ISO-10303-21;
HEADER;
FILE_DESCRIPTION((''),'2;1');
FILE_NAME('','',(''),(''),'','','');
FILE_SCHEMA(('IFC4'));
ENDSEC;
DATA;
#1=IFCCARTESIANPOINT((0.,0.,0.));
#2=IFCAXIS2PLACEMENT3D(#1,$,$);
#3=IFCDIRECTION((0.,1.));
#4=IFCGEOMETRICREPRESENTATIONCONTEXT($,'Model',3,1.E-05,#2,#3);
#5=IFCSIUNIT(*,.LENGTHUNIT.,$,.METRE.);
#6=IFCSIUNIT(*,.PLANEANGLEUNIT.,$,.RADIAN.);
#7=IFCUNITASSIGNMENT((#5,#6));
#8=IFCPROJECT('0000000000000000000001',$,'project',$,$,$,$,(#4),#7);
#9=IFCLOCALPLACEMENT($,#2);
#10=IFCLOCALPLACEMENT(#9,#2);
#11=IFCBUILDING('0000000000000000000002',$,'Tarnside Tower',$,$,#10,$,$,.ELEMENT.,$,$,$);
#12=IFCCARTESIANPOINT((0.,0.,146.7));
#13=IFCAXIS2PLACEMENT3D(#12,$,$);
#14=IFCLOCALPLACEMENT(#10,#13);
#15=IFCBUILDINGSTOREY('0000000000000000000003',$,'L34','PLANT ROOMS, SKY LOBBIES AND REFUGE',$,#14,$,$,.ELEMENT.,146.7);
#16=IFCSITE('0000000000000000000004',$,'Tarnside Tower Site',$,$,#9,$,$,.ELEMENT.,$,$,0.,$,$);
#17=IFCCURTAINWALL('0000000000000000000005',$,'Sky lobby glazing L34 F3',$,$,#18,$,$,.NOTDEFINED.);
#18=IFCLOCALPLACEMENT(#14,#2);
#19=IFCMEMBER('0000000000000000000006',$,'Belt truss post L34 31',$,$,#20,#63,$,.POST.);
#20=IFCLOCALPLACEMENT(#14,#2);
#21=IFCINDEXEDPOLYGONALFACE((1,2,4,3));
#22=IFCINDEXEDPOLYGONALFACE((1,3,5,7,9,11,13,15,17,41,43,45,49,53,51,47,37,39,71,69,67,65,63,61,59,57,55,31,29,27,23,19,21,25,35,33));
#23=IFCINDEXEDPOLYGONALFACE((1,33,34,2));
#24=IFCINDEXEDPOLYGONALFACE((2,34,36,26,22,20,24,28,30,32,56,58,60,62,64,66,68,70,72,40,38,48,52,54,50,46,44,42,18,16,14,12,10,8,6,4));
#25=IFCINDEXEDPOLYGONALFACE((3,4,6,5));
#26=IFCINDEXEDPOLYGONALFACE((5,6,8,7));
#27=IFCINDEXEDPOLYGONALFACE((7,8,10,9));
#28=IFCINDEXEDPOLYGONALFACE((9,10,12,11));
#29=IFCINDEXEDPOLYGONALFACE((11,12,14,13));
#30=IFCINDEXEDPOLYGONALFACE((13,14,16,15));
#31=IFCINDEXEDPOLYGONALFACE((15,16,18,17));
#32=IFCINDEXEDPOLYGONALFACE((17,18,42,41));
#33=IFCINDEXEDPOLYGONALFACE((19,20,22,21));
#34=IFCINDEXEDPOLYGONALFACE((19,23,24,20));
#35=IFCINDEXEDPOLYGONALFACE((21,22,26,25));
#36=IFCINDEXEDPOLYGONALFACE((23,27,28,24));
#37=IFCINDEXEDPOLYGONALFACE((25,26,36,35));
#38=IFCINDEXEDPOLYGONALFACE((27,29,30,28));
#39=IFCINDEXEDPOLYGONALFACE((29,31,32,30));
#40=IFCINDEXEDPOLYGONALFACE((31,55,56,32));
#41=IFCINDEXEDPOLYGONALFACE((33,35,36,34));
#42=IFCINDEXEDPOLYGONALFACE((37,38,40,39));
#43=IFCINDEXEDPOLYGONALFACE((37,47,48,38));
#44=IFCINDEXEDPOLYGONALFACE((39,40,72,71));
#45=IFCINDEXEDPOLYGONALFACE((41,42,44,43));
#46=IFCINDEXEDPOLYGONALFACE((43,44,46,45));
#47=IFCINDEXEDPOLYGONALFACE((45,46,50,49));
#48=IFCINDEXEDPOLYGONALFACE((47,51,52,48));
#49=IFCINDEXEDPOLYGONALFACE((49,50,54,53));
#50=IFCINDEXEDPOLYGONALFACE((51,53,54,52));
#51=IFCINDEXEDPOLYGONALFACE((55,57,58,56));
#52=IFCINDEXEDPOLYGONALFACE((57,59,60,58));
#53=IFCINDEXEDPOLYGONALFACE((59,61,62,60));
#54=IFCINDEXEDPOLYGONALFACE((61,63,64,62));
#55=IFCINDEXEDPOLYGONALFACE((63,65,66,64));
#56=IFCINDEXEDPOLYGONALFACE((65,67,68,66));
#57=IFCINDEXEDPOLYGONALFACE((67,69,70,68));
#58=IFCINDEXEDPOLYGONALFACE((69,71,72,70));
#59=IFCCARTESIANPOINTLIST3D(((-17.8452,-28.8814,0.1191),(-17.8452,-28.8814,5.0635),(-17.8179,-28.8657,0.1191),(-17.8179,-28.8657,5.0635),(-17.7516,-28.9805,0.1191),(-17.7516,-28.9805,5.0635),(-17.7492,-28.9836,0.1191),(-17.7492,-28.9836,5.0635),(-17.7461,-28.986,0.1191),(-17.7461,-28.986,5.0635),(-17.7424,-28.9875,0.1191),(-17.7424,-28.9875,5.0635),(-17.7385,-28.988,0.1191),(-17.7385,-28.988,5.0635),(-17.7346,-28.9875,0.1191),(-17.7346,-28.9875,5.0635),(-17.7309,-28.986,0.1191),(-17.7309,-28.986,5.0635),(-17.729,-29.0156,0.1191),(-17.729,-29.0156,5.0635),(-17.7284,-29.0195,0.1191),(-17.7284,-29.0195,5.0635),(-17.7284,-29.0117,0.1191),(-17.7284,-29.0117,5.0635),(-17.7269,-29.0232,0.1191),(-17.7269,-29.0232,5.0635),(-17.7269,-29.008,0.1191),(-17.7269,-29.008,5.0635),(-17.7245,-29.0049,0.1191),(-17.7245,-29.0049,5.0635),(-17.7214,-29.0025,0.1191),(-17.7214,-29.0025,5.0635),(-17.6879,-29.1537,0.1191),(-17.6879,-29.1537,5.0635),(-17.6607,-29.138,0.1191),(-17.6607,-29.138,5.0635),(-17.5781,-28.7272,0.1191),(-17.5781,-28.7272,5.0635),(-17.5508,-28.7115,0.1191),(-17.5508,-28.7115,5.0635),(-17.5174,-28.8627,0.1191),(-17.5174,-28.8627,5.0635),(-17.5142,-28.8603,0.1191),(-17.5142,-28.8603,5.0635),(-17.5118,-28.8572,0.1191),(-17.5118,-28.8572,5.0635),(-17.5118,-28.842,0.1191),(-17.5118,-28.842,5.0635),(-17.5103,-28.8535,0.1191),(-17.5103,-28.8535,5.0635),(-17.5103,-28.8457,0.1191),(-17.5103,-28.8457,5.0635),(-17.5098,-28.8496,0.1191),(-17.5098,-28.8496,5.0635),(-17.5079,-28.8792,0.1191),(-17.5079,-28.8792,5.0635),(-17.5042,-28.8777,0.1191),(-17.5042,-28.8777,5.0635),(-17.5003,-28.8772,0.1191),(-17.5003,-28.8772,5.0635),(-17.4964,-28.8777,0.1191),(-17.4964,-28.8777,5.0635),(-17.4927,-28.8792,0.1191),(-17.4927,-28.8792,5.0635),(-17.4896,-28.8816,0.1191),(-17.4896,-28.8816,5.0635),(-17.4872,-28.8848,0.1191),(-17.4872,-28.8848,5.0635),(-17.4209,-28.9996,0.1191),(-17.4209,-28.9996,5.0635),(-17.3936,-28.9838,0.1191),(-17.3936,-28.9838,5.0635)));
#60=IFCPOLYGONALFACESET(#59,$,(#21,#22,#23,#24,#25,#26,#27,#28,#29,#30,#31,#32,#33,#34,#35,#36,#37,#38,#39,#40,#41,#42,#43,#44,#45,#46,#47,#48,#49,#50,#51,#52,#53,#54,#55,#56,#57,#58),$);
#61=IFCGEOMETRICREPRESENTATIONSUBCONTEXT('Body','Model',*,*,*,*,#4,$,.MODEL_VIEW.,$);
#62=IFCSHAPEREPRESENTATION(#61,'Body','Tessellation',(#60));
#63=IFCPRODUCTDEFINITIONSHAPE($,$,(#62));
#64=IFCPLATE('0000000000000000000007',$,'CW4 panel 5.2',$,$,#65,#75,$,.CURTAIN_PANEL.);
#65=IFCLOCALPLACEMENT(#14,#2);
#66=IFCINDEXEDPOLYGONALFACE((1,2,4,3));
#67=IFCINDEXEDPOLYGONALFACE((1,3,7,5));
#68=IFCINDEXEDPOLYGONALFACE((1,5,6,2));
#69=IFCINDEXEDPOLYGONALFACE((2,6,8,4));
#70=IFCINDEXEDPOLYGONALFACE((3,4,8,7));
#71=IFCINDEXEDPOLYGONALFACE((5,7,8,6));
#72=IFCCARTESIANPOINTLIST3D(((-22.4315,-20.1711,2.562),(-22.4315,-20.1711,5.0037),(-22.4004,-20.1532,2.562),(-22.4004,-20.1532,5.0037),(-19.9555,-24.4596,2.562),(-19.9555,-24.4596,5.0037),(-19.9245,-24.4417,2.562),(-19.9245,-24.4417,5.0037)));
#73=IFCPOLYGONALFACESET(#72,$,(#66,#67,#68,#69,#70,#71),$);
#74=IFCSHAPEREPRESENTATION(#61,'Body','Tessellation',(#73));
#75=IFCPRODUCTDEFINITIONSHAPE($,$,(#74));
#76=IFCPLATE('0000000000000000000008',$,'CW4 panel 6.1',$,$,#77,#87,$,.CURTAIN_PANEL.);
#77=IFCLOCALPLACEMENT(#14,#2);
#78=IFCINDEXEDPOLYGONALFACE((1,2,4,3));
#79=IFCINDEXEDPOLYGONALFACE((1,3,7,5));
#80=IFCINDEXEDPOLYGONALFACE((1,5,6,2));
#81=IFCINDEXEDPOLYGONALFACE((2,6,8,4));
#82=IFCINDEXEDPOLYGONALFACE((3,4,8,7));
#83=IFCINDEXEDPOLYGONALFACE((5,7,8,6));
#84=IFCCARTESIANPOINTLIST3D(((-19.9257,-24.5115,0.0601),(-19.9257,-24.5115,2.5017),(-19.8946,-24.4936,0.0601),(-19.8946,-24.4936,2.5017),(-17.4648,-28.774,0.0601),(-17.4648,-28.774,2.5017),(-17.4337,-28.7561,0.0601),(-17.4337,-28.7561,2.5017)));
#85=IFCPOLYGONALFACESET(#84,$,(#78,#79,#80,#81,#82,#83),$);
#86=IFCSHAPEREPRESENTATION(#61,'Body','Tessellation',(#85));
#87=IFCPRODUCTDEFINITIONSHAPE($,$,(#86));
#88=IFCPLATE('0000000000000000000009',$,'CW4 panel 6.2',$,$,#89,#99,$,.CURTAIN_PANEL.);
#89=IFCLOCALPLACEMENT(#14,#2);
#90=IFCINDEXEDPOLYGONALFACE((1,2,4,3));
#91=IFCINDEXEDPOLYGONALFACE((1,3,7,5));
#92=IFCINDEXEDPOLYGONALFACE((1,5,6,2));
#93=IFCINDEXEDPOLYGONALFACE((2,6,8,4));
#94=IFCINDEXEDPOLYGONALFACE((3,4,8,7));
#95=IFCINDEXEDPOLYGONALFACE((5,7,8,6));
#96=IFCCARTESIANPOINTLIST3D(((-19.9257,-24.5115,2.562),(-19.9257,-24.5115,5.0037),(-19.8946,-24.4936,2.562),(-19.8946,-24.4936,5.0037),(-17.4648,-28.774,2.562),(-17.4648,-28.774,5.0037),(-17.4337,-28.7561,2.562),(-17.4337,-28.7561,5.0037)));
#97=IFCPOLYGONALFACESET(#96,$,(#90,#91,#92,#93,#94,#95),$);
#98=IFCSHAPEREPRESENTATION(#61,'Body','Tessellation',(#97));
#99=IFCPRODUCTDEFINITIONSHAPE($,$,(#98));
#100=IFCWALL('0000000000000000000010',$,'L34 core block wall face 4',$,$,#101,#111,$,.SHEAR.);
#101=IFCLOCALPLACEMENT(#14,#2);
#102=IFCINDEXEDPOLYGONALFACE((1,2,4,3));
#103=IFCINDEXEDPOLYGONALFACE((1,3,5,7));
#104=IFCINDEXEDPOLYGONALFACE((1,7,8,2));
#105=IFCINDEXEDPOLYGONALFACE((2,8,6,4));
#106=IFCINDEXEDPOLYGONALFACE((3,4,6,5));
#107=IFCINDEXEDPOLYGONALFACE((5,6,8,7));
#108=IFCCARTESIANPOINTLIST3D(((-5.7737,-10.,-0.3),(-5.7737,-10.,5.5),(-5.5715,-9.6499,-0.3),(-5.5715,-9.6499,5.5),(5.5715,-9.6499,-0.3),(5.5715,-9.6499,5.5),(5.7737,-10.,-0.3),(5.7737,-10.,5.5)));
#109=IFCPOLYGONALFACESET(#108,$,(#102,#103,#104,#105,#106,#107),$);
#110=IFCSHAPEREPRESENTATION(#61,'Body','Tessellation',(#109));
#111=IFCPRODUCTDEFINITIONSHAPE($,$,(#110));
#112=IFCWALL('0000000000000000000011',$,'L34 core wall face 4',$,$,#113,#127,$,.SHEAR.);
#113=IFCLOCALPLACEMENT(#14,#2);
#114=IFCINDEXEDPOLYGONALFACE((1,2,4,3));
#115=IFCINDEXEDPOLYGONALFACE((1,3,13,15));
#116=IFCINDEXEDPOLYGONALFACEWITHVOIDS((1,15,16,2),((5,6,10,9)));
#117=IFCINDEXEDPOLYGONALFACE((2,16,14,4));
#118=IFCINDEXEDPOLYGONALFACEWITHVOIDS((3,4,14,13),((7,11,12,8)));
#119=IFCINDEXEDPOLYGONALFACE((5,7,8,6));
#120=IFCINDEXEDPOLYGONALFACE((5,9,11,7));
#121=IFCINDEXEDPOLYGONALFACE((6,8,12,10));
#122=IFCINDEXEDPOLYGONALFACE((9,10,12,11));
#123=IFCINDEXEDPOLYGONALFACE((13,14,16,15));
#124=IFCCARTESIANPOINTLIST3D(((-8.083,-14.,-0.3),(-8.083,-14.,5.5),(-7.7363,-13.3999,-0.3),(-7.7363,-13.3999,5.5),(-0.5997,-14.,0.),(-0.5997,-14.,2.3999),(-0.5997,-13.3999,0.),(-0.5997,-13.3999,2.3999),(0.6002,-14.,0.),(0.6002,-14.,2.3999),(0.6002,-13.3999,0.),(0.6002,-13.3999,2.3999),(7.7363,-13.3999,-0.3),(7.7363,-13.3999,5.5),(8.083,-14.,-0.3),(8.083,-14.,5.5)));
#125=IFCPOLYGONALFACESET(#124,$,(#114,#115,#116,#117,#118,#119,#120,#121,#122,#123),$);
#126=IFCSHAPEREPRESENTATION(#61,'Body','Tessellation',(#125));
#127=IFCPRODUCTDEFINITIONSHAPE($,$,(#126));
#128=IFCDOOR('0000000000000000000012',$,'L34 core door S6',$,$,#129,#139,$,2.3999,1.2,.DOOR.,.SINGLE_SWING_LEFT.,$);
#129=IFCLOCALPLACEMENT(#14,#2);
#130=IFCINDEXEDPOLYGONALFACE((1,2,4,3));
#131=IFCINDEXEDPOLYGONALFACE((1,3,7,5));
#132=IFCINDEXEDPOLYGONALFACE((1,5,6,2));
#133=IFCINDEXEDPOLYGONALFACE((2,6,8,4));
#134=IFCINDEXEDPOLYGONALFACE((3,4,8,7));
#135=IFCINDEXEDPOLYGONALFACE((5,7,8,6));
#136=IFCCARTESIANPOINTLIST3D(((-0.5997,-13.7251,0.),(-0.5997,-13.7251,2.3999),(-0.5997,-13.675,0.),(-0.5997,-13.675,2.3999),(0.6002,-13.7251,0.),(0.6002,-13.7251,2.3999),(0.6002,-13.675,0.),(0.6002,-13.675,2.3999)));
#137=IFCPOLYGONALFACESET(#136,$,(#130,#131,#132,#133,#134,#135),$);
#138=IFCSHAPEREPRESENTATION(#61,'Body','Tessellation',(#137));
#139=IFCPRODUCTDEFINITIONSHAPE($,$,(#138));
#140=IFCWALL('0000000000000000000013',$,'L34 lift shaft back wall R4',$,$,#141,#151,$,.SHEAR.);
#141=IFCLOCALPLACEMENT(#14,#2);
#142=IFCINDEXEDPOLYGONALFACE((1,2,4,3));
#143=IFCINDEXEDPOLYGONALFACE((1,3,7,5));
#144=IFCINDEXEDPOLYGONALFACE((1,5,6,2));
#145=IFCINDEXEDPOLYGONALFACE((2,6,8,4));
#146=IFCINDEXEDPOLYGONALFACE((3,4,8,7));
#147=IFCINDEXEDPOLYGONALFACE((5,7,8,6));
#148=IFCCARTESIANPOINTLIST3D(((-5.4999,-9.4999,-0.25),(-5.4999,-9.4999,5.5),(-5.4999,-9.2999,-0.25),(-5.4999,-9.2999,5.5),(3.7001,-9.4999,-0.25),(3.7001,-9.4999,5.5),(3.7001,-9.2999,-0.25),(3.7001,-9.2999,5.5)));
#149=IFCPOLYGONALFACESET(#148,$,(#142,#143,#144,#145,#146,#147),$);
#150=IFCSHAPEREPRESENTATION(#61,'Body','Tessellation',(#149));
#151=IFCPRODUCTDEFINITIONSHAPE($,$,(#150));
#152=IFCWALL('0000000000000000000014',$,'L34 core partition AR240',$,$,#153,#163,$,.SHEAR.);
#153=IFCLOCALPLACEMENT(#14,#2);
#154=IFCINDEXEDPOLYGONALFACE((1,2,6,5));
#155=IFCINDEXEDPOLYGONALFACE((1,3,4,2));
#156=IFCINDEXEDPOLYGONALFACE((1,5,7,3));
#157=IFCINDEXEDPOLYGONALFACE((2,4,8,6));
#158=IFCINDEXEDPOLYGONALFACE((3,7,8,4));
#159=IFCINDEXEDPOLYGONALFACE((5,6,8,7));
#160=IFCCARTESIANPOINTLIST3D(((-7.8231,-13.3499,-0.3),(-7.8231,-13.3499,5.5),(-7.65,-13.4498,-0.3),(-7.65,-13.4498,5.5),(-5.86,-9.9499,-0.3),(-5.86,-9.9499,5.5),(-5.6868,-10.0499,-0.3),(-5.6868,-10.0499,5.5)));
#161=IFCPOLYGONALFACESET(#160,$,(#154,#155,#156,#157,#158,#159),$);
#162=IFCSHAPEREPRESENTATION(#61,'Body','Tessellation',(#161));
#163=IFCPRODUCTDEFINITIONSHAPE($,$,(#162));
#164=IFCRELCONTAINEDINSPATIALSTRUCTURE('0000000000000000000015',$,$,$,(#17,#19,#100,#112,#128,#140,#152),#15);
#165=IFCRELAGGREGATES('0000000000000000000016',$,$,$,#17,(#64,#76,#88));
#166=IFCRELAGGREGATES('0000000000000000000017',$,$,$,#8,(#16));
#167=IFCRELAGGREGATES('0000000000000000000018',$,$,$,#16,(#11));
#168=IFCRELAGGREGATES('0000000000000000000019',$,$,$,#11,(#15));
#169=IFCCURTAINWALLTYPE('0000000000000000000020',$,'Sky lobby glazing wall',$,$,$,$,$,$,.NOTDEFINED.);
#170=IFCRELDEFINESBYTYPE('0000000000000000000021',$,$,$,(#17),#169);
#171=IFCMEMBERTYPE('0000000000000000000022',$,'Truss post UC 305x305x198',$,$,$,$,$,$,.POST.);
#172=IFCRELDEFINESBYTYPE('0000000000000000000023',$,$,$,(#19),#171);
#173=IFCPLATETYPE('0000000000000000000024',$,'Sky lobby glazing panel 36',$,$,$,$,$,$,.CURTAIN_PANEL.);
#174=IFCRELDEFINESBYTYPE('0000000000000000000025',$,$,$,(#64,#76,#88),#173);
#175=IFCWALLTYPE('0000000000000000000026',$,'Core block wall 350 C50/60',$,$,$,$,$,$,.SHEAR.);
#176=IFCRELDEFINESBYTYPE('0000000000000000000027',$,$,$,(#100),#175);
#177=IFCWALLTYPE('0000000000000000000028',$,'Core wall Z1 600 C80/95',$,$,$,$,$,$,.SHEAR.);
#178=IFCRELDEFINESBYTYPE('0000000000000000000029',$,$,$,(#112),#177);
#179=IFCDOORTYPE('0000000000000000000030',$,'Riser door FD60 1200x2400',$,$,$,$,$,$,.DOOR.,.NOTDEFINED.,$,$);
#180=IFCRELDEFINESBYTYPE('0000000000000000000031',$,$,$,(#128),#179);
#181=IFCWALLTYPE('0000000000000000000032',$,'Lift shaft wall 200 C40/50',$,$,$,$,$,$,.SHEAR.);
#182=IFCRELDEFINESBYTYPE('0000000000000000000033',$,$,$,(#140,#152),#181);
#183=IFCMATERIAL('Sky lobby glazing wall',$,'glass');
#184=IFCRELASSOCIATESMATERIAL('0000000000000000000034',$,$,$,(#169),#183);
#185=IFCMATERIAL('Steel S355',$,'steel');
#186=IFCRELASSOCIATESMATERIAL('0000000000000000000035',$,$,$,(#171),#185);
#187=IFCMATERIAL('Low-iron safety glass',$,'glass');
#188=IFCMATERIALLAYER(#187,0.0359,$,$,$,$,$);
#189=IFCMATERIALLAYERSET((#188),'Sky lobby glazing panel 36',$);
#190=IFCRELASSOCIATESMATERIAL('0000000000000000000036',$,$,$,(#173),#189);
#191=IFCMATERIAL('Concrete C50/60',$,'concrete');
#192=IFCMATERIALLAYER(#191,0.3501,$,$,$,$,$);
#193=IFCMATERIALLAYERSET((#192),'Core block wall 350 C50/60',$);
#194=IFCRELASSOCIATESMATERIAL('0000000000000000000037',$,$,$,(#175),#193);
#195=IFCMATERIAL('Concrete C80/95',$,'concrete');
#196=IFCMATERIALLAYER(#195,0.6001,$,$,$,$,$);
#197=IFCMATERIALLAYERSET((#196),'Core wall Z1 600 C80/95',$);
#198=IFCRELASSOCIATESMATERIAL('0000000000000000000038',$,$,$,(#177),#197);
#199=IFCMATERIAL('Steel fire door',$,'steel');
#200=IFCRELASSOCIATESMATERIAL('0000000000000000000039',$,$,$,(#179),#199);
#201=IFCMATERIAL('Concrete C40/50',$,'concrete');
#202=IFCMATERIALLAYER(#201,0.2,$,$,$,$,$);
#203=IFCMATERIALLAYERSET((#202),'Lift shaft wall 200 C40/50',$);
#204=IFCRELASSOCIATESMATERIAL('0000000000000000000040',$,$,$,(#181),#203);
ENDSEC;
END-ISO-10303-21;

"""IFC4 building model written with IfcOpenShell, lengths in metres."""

from ifc_helpers import new_model, si_unit, direction, frame, frame_2d, origin, origin_2d, place, context, subcontext, project, spatial, polyline, rectangle, i_section, outline, extrude, material, layer, layer_set, material_profile, profile_set, type_object, element, fill, aggregate, save


model = new_model("IFC4")

# Units and contexts
model_context = context("Model", 3, precision=1e-05, world=origin(), true_north=direction((0.0, 1.0)))
body_context = subcontext(model_context, "Body", "Model", "MODEL_VIEW")
ifc_project = project(units=[si_unit("LENGTHUNIT", "METRE"), si_unit("PLANEANGLEUNIT", "RADIAN")], contexts=[model_context])

# Site, building, storey
site_placement = place(None, origin())
site = spatial("IfcSite", under=ifc_project, at=site_placement, Name="Tarnside Tower Site", CompositionType="ELEMENT", RefElevation=0.0)
building_placement = place(site_placement, origin())
building = spatial("IfcBuilding", under=site, at=building_placement, Name="Tarnside Tower", CompositionType="ELEMENT")
storey_placement = place(building_placement, frame((0.0, 0.0, 146.7)))
storey = spatial("IfcBuildingStorey", under=building, at=storey_placement, Name="L34", Description="PLANT ROOMS, SKY LOBBIES AND REFUGE", CompositionType="ELEMENT", Elevation=146.7)

# Shared definitions
ifc_material_1 = material(Name="Steel S355", Category="steel")

# Curtain wall
ifc_material_2 = material(Name="Sky lobby glazing wall", Category="glass")
curtain_wall_type = type_object("IfcCurtainWallType", Name="Sky lobby glazing wall", PredefinedType="NOTDEFINED", material=ifc_material_2)
curtain_wall_placement = place(storey_placement, origin())
curtain_wall = element("IfcCurtainWall", 1, at=curtain_wall_placement, inside=storey, type_object=curtain_wall_type, Name="Sky lobby glazing L34 F3", PredefinedType="NOTDEFINED")

# Member
ifc_material_profile_1 = material_profile(ifc_material_1, i_section(OverallWidth=0.3145, OverallDepth=0.3398, WebThickness=0.019, FlangeThickness=0.0315, FilletRadius=0.0151, at=origin_2d()), Name="UC 305x305x198")
ifc_profile_set_1 = profile_set([ifc_material_profile_1], Name="Steel S355")
member_type_1 = type_object("IfcMemberType", Name="Truss post UC 305x305x198", PredefinedType="POST", material=ifc_profile_set_1)
for number, where, z_axis, x_axis, name in (
    (2, (-17.6194, -28.9326, 0.1191), (0.0, 0.0, 1.0), (0.5, -0.866025, 0.0), "Belt truss post L34 31"),
):
    element("IfcMember", number, at=place(storey_placement, frame(where, z_axis=z_axis, x_axis=x_axis)), inside=storey, type_object=member_type_1, Name=name, PredefinedType="POST", context=body_context, shape_type="SweptSolid", body=[
        extrude(i_section(OverallWidth=0.3145, OverallDepth=0.3398, WebThickness=0.019, FlangeThickness=0.0315, FilletRadius=0.0151, at=origin_2d()), origin(), (0.0, 0.0, 1.0), 4.9443),
    ])

# Plates
ifc_material_3 = material(Name="Low-iron safety glass", Category="glass")
ifc_layer_1 = layer(ifc_material_3, 0.0359)
ifc_layer_set_1 = layer_set([ifc_layer_1], Name="Sky lobby glazing panel 36")
plate_type = type_object("IfcPlateType", Name="Sky lobby glazing panel 36", PredefinedType="CURTAIN_PANEL", material=ifc_layer_set_1)
plate_1_placement = place(storey_placement, frame((-21.178, -22.3064, 2.562), z_axis=(0.0, 0.0, 1.0), x_axis=(0.5, -0.866025, 0.0)))
plate_1 = element("IfcPlate", 3, at=plate_1_placement, type_object=plate_type, Name="CW4 panel 5.2", PredefinedType="CURTAIN_PANEL", context=body_context, shape_type="SweptSolid", body=[
    extrude(rectangle(XDim=4.9519, YDim=0.0359, at=origin_2d()), origin(), (0.0, 0.0, 1.0), 2.4417),
])
plate_2_placement = place(storey_placement, frame((-18.6797, -26.6338, 0.0601), z_axis=(0.0, 0.0, 1.0), x_axis=(0.5, -0.866025, 0.0)))
plate_2 = element("IfcPlate", 4, at=plate_2_placement, type_object=plate_type, Name="CW4 panel 6.1", PredefinedType="CURTAIN_PANEL", context=body_context, shape_type="SweptSolid", body=[
    extrude(rectangle(XDim=4.9219, YDim=0.0359, at=origin_2d()), origin(), (0.0, 0.0, 1.0), 2.4417),
])
plate_3_placement = place(storey_placement, frame((-18.6797, -26.6338, 2.562), z_axis=(0.0, 0.0, 1.0), x_axis=(0.5, -0.866025, 0.0)))
plate_3 = element("IfcPlate", 5, at=plate_3_placement, type_object=plate_type, Name="CW4 panel 6.2", PredefinedType="CURTAIN_PANEL", context=body_context, shape_type="SweptSolid", body=[
    extrude(rectangle(XDim=4.9219, YDim=0.0359, at=origin_2d()), origin(), (0.0, 0.0, 1.0), 2.4417),
])
aggregate(curtain_wall, [plate_1, plate_2, plate_3])

# Wall
ifc_material_4 = material(Name="Concrete C50/60", Category="concrete")
ifc_layer_2 = layer(ifc_material_4, 0.3501)
ifc_layer_set_2 = layer_set([ifc_layer_2], Name="Core block wall 350 C50/60")
wall_type_1 = type_object("IfcWallType", Name="Core block wall 350 C50/60", PredefinedType="SHEAR", material=ifc_layer_set_2)
wall_1_placement = place(storey_placement, frame((-5.6726, -9.825, -0.3), z_axis=(0.0, 0.0, 1.0), x_axis=(1.0, 0.0, 0.0)))
element("IfcWall", 6, at=wall_1_placement, inside=storey, type_object=wall_type_1, Name="L34 core block wall face 4", PredefinedType="SHEAR", context=body_context, shape_type="SweptSolid", body=[
    extrude(outline(polyline([(-0.1011, -0.175), (11.4463, -0.175), (11.2441, 0.175), (0.1011, 0.175), (-0.1011, -0.175)])), origin(), (0.0, 0.0, 1.0), 5.8),
])

# Wall, opening, door
ifc_material_5 = material(Name="Concrete C80/95", Category="concrete")
ifc_layer_3 = layer(ifc_material_5, 0.6001)
ifc_layer_set_3 = layer_set([ifc_layer_3], Name="Core wall Z1 600 C80/95")
wall_type_2 = type_object("IfcWallType", Name="Core wall Z1 600 C80/95", PredefinedType="SHEAR", material=ifc_layer_set_3)
wall_2_placement = place(storey_placement, frame((-7.9097, -13.7, -0.3), z_axis=(0.0, 0.0, 1.0), x_axis=(1.0, 0.0, 0.0)))
wall_2 = element("IfcWall", 7, at=wall_2_placement, inside=storey, type_object=wall_type_2, Name="L34 core wall face 4", PredefinedType="SHEAR", context=body_context, shape_type="SweptSolid", body=[
    extrude(outline(polyline([(-0.1733, -0.3), (15.9927, -0.3), (15.646, 0.3), (0.1733, 0.3), (-0.1733, -0.3)])), origin(), (0.0, 0.0, 1.0), 5.8),
])
opening_1_placement = place(wall_2_placement, frame((7.3098, 0.0, 0.3)))
opening_1 = element("IfcOpeningElement", 8, at=opening_1_placement, cuts=wall_2, PredefinedType="OPENING", context=body_context, shape_type="SweptSolid", body=[
    extrude(rectangle(XDim=1.2, YDim=2.3999, at=frame_2d((0.6001, 1.2))), frame((0.0, 0.3101, 0.0), z_axis=(0.0, -1.0, 0.0), x_axis=(1.0, 0.0, 0.0)), (0.0, 0.0, 1.0), 0.6201),
])
ifc_material_6 = material(Name="Steel fire door", Category="steel")
door_type_1 = type_object("IfcDoorType", Name="Riser door FD60 1200x2400", OperationType="NOTDEFINED", PredefinedType="DOOR", material=ifc_material_6)
door_1_placement = place(opening_1_placement, origin())
door_1 = element("IfcDoor", 9, at=door_1_placement, inside=storey, type_object=door_type_1, Name="L34 core door S6", OperationType="SINGLE_SWING_LEFT", OverallHeight=2.3999, OverallWidth=1.2, PredefinedType="DOOR", context=body_context, shape_type="SweptSolid", body=[
    extrude(rectangle(XDim=1.2, YDim=2.3999, at=frame_2d((0.6001, 1.2))), frame((0.0, 0.0249, 0.0), z_axis=(0.0, -1.0, 0.0), x_axis=(1.0, 0.0, 0.0)), (0.0, 0.0, 1.0), 0.05),
])
fill(opening_1, door_1)

# Walls
ifc_material_7 = material(Name="Concrete C40/50", Category="concrete")
ifc_layer_4 = layer(ifc_material_7, 0.2)
ifc_layer_set_4 = layer_set([ifc_layer_4], Name="Lift shaft wall 200 C40/50")
wall_type_3 = type_object("IfcWallType", Name="Lift shaft wall 200 C40/50", PredefinedType="SHEAR", material=ifc_layer_set_4)
wall_3_placement = place(storey_placement, frame((-5.5, -9.3999, -0.25), z_axis=(0.0, 0.0, 1.0), x_axis=(1.0, 0.0, 0.0)))
element("IfcWall", 10, at=wall_3_placement, inside=storey, type_object=wall_type_3, Name="L34 lift shaft back wall R4", PredefinedType="SHEAR", context=body_context, shape_type="SweptSolid", body=[
    extrude(rectangle(XDim=9.2, YDim=0.2, at=frame_2d((4.6001, 0.0))), origin(), (0.0, 0.0, 1.0), 5.75),
])
wall_4_placement = place(storey_placement, frame((-5.7734, -10.0, -0.3), z_axis=(0.0, 0.0, 1.0), x_axis=(-0.500038, -0.866003, 0.0)))
element("IfcWall", 11, at=wall_4_placement, inside=storey, type_object=wall_type_3, Name="L34 core partition AR240", PredefinedType="SHEAR", context=body_context, shape_type="SweptSolid", body=[
    extrude(rectangle(XDim=3.926, YDim=0.2, at=frame_2d((1.9629, 0.0))), origin(), (0.0, 0.0, 1.0), 5.8),
])

save(model, "model.ifc")
